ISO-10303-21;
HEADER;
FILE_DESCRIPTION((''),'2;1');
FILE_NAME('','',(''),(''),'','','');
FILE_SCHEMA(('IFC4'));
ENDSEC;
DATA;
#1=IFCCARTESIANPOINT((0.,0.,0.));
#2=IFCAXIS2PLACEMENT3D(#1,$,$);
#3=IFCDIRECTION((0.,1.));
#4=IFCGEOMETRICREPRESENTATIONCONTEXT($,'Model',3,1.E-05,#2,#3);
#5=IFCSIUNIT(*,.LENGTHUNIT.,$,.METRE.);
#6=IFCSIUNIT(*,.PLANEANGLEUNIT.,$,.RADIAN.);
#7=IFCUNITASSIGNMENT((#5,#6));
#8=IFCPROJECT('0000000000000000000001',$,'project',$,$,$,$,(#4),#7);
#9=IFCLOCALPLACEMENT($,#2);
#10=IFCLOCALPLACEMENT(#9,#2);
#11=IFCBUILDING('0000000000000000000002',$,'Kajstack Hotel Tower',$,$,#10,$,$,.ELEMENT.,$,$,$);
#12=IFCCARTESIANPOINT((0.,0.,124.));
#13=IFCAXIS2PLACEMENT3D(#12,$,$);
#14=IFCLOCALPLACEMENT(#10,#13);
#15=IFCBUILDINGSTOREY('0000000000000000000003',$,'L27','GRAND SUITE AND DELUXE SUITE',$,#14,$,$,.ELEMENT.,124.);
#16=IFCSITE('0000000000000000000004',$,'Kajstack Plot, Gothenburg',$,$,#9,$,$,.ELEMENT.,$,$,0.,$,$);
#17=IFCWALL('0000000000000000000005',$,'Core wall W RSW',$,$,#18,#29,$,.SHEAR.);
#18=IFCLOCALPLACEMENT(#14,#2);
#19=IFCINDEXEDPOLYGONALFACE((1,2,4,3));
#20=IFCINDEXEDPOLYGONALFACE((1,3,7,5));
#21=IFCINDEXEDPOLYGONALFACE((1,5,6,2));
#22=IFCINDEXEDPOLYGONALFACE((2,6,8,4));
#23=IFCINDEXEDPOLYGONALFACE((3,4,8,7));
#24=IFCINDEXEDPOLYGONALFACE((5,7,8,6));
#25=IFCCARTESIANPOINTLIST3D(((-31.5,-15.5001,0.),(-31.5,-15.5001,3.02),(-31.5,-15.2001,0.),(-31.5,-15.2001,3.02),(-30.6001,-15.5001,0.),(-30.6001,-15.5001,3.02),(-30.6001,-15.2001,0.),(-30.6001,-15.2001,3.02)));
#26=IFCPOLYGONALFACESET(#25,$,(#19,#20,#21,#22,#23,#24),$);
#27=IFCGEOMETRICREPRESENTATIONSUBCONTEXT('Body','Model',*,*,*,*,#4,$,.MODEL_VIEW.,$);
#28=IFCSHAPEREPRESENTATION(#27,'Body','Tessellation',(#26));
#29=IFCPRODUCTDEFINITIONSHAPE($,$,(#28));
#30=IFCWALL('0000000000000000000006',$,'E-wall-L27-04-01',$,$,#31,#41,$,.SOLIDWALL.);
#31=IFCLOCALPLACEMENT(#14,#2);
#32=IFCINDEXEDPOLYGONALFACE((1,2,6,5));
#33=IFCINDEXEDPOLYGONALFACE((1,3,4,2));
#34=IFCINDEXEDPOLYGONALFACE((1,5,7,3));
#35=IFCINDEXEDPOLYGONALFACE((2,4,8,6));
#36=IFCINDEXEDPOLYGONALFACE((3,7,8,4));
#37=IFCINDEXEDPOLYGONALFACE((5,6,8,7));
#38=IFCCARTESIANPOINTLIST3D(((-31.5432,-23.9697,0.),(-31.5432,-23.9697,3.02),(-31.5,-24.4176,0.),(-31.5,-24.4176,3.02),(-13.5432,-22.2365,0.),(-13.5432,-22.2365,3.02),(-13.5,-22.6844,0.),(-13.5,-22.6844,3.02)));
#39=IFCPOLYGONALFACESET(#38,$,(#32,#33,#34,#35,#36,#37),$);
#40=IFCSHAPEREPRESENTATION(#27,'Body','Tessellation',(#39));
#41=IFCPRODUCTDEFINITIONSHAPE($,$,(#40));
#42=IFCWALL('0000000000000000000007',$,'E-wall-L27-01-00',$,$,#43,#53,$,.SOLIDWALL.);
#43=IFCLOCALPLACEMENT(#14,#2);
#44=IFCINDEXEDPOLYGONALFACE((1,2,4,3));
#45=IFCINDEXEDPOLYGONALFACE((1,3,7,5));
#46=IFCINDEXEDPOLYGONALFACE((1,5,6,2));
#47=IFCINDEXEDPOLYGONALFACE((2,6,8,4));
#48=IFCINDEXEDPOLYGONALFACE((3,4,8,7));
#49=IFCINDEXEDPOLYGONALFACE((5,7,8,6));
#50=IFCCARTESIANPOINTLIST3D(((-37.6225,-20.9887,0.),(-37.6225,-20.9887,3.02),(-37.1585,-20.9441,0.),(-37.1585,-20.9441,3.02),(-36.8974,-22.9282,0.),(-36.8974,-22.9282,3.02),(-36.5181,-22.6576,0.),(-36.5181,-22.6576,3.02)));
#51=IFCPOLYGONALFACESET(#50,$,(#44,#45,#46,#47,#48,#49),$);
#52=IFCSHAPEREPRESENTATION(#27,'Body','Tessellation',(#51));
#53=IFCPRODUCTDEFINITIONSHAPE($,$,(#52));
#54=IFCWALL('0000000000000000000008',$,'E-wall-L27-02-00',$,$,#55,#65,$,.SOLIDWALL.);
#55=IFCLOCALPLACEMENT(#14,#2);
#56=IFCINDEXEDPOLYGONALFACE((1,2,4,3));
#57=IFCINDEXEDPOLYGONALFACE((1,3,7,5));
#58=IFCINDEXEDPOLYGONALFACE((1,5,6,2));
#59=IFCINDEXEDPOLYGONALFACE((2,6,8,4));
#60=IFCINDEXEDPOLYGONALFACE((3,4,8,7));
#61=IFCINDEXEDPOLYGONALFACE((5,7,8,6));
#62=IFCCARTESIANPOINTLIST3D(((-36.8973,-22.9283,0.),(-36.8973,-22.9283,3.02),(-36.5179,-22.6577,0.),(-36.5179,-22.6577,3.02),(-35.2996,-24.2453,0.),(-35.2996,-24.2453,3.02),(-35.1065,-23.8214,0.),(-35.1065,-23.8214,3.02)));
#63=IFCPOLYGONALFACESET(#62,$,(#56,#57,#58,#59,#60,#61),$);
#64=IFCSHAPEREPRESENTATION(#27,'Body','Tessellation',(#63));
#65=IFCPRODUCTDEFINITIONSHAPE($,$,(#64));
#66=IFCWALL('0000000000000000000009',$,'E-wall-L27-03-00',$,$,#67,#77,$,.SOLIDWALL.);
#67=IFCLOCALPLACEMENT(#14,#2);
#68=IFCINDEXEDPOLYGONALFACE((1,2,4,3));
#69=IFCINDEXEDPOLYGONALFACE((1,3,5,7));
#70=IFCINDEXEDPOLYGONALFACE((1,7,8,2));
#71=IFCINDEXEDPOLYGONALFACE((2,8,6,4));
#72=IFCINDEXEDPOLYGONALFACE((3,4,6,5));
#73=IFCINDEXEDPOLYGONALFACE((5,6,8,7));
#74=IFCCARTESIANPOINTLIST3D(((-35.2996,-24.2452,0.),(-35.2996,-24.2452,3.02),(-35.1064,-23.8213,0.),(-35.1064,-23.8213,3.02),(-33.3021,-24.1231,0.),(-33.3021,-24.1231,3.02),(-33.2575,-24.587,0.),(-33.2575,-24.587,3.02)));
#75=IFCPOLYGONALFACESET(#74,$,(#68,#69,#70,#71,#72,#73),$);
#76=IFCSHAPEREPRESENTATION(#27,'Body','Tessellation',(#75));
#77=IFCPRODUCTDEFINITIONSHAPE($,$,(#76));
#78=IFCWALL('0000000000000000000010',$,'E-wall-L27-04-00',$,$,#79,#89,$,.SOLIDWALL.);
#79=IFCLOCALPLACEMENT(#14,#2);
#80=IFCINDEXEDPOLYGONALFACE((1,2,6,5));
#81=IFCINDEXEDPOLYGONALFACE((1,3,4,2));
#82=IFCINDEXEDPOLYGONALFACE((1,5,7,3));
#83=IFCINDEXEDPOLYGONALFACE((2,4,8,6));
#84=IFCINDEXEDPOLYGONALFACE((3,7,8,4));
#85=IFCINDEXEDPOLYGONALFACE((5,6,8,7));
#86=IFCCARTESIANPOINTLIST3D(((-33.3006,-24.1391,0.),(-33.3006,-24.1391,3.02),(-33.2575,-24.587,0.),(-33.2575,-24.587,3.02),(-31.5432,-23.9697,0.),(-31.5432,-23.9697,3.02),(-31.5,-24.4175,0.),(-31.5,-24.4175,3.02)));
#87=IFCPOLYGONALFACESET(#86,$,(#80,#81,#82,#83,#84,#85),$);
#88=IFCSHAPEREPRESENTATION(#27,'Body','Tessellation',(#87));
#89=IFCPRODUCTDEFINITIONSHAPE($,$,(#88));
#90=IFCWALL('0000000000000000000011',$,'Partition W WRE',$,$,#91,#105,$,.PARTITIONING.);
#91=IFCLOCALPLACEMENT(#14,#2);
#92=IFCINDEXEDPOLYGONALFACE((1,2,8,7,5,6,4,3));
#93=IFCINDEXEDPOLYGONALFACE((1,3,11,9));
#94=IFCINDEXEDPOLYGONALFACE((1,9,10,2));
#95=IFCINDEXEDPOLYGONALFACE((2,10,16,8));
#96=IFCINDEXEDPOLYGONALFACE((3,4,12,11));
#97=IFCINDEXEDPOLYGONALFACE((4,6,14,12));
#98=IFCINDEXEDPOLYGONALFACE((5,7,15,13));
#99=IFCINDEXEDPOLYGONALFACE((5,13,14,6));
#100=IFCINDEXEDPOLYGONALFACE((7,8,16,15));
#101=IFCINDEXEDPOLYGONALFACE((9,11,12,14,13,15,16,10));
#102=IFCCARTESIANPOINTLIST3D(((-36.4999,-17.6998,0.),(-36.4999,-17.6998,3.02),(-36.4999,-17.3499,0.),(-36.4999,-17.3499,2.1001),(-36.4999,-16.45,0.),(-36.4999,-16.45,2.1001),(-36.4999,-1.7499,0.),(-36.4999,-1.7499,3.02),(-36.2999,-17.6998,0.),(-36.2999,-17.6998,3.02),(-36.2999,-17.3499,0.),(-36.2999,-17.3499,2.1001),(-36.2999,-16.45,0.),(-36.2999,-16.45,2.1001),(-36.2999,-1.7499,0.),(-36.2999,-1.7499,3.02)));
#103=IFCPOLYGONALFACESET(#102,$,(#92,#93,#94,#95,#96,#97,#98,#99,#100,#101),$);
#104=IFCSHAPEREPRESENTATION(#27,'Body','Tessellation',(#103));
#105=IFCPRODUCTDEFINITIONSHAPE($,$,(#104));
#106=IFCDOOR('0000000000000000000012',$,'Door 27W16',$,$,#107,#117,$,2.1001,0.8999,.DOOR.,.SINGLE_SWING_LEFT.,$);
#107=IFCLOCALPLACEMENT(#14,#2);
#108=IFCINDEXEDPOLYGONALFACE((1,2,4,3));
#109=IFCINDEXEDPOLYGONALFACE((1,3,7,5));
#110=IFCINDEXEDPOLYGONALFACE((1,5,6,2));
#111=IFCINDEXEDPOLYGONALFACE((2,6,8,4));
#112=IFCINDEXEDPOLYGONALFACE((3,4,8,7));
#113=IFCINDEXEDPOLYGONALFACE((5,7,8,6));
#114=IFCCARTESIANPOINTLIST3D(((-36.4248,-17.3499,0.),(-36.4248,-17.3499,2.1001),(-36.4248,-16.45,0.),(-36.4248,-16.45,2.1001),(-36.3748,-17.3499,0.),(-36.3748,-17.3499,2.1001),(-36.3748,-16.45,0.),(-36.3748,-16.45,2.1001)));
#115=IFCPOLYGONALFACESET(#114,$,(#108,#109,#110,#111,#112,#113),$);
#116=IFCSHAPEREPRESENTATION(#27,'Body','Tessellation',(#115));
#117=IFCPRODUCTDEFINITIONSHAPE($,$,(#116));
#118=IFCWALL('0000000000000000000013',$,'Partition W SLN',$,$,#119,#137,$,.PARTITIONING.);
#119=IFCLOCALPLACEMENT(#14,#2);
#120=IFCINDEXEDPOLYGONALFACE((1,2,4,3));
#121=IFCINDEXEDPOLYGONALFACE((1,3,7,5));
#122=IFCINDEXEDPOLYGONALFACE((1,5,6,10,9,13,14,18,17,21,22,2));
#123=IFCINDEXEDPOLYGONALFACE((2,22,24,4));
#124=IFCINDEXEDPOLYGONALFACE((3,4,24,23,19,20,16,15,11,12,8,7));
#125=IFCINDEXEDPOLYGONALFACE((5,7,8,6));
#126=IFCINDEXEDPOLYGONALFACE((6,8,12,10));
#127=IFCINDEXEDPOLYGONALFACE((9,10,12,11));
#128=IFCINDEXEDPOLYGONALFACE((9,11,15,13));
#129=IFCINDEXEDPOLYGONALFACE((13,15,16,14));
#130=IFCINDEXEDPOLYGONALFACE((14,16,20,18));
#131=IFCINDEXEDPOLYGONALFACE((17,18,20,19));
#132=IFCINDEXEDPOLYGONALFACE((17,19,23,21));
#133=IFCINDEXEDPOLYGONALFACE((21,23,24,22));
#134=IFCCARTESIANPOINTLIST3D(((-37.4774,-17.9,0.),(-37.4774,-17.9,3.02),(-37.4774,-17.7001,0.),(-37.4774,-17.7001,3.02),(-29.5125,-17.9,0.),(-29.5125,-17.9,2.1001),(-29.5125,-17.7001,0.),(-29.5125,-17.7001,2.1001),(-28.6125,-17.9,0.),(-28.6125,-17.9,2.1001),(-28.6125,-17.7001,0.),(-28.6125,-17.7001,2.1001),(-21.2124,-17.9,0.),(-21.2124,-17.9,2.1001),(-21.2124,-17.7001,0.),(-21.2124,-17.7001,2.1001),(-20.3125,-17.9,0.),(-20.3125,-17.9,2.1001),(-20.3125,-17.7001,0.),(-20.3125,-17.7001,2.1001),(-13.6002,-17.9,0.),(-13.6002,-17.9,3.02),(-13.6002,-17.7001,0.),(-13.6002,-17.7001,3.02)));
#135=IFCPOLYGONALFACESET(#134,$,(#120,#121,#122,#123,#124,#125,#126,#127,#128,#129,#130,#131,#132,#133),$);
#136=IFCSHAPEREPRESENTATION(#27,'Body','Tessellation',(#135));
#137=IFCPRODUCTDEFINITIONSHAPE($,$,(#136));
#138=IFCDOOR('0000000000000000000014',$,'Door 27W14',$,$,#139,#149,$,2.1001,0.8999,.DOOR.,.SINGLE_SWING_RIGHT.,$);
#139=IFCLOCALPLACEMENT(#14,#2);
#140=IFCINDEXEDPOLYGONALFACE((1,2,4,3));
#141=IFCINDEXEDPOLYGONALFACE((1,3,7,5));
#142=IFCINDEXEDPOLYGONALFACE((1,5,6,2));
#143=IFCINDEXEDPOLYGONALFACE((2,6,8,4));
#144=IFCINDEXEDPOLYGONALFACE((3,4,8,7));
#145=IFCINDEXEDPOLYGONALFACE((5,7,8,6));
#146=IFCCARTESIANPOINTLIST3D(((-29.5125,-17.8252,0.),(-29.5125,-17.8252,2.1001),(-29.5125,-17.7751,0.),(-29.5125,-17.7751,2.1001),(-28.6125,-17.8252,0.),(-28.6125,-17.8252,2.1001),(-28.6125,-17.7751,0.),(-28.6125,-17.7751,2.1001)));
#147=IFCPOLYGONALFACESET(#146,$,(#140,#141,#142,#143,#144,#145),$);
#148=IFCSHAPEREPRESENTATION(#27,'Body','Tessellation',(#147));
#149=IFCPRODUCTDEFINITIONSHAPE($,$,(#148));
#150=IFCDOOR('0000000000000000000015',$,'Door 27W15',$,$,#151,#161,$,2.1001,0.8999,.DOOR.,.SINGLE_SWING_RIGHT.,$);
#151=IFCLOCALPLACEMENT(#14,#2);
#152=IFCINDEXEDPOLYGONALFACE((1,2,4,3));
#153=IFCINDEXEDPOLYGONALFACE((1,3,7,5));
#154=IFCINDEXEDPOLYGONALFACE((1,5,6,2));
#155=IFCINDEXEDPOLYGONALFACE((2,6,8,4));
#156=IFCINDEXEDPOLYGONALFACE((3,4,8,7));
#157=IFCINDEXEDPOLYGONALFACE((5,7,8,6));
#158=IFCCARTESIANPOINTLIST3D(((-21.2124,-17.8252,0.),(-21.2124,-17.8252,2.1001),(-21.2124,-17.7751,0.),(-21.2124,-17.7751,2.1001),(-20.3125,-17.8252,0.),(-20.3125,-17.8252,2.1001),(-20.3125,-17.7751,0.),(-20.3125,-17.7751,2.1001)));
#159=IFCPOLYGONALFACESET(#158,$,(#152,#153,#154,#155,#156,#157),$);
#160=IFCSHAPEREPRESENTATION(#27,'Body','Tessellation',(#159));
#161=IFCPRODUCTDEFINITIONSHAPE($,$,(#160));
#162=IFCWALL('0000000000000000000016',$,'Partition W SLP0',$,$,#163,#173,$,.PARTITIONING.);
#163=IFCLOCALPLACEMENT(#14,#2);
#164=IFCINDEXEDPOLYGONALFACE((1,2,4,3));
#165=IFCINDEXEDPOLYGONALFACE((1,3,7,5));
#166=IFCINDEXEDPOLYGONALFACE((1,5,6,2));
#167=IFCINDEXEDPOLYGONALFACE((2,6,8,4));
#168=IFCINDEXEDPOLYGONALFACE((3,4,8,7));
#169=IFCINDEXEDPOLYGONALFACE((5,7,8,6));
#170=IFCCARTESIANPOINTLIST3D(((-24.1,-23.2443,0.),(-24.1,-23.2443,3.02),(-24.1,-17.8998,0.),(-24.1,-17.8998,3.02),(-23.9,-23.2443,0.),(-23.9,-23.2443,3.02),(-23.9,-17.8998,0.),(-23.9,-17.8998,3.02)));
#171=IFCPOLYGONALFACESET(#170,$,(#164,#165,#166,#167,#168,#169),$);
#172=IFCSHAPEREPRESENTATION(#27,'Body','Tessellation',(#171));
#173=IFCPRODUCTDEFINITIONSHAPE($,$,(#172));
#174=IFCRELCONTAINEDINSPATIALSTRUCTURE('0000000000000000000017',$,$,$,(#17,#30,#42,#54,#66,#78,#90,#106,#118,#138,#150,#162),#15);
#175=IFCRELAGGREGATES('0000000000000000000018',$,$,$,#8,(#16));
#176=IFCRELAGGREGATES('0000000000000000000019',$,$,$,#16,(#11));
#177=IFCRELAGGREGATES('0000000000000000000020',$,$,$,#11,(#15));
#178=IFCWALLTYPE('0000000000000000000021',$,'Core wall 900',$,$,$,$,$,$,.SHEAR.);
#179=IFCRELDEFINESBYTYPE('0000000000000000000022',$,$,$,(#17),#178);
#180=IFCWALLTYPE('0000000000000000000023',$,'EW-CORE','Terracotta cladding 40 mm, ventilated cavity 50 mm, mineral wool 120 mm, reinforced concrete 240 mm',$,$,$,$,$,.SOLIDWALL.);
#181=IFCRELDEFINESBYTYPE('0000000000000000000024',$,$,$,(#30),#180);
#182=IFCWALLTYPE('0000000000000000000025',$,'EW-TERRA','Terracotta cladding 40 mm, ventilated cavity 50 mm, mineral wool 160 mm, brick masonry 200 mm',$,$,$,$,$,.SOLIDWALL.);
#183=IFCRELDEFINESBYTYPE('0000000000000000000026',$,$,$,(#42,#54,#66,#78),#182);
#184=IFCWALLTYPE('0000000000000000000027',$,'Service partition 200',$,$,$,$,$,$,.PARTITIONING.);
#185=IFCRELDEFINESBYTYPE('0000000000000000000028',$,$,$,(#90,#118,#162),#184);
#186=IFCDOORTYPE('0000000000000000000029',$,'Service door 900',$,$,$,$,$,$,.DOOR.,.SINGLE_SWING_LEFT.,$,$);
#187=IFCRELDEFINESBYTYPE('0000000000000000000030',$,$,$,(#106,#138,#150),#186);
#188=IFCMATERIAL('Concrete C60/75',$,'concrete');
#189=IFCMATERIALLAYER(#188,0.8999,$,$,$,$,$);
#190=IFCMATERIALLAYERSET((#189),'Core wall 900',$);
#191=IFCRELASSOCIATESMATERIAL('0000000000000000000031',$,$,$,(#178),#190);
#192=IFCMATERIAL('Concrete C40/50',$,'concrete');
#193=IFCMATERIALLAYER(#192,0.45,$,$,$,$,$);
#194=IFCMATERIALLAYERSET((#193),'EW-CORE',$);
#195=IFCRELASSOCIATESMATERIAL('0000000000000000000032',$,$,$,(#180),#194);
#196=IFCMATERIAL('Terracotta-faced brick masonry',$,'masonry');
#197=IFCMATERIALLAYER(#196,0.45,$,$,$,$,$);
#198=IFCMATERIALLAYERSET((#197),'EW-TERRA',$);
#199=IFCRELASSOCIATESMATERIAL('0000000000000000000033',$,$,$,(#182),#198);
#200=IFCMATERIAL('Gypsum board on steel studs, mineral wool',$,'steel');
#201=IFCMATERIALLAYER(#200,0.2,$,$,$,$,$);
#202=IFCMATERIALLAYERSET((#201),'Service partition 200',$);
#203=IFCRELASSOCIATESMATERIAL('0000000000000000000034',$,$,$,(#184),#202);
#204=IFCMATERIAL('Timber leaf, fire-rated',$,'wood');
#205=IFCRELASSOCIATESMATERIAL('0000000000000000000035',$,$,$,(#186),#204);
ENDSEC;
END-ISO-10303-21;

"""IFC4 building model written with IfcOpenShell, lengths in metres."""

from ifc_helpers import new_model, si_unit, direction, frame, frame_2d, origin, place, context, subcontext, project, spatial, polyline, rectangle, outline, extrude, material, layer, layer_set, type_object, element, fill, save


model = new_model("IFC4")

# Units and contexts
model_context = context("Model", 3, precision=1e-05, world=origin(), true_north=direction((0.0, 1.0)))
body_context = subcontext(model_context, "Body", "Model", "MODEL_VIEW")
ifc_project = project(units=[si_unit("LENGTHUNIT", "METRE"), si_unit("PLANEANGLEUNIT", "RADIAN")], contexts=[model_context])

# Site, building, storey
site_placement = place(None, origin())
site = spatial("IfcSite", under=ifc_project, at=site_placement, Name="Kajstack Plot, Gothenburg", CompositionType="ELEMENT", RefElevation=0.0)
building_placement = place(site_placement, origin())
building = spatial("IfcBuilding", under=site, at=building_placement, Name="Kajstack Hotel Tower", CompositionType="ELEMENT")
storey_placement = place(building_placement, frame((0.0, 0.0, 124.0)))
storey = spatial("IfcBuildingStorey", under=building, at=storey_placement, Name="L27", Description="GRAND SUITE AND DELUXE SUITE", CompositionType="ELEMENT", Elevation=124.0)

# Walls
ifc_material_1 = material(Name="Concrete C60/75", Category="concrete")
ifc_layer_1 = layer(ifc_material_1, 0.8999)
ifc_layer_set_1 = layer_set([ifc_layer_1], Name="Core wall 900")
wall_type_1 = type_object("IfcWallType", Name="Core wall 900", PredefinedType="SHEAR", material=ifc_layer_set_1)
wall_1_placement = place(storey_placement, frame((-31.5, -15.3501, 0.0), z_axis=(0.0, 0.0, 1.0), x_axis=(1.0, 0.0, 0.0)))
element("IfcWall", 1, at=wall_1_placement, inside=storey, type_object=wall_type_1, Name="Core wall W RSW", PredefinedType="SHEAR", context=body_context, shape_type="SweptSolid", body=[
    extrude(rectangle(XDim=0.8999, YDim=0.3, at=frame_2d((0.45, 0.0))), origin(), (0.0, 0.0, 1.0), 3.02),
])
ifc_material_2 = material(Name="Concrete C40/50", Category="concrete")
ifc_layer_2 = layer(ifc_material_2, 0.45)
ifc_layer_set_2 = layer_set([ifc_layer_2], Name="EW-CORE")
wall_type_2 = type_object("IfcWallType", Name="EW-CORE", Description="Terracotta cladding 40 mm, ventilated cavity 50 mm, mineral wool 120 mm, reinforced concrete 240 mm", PredefinedType="SOLIDWALL", material=ifc_layer_set_2)
wall_2_placement = place(storey_placement, frame((-31.5215, -24.1936, 0.0), z_axis=(0.0, 0.0, 1.0), x_axis=(0.995396, 0.095843, 0.0)))
element("IfcWall", 2, at=wall_2_placement, inside=storey, type_object=wall_type_2, Name="E-wall-L27-04-01", PredefinedType="SOLIDWALL", context=body_context, shape_type="SweptSolid", body=[
    extrude(rectangle(XDim=18.0833, YDim=0.45, at=frame_2d((9.0415, 0.0))), origin(), (0.0, 0.0, 1.0), 3.02),
])
ifc_material_3 = material(Name="Terracotta-faced brick masonry", Category="masonry")
ifc_layer_3 = layer(ifc_material_3, 0.45)
ifc_layer_set_3 = layer_set([ifc_layer_3], Name="EW-TERRA")
wall_type_3 = type_object("IfcWallType", Name="EW-TERRA", Description="Terracotta cladding 40 mm, ventilated cavity 50 mm, mineral wool 160 mm, brick masonry 200 mm", PredefinedType="SOLIDWALL", material=ifc_layer_set_3)
for number, where, z_axis, x_axis, name in (
    (3, (-37.4116, -20.9099, 0.0), (0.0, 0.0, 1.0), (0.350193, -0.936678, 0.0), "E-wall-L27-01-00"),
    (4, (-36.7542, -22.7546, 0.0), (0.0, 0.0, 1.0), (0.771651, -0.636046, 0.0), "E-wall-L27-02-00"),
):
    element("IfcWall", number, at=place(storey_placement, frame(where, z_axis=z_axis, x_axis=x_axis)), inside=storey, type_object=wall_type_3, Name=name, PredefinedType="SOLIDWALL", context=body_context, shape_type="SweptSolid", body=[
        extrude(outline(polyline([(0.0, -0.2251), (2.0706, -0.2251), (1.95, 0.2249), (0.1206, 0.2251), (0.0, -0.2251)])), origin(), (0.0, 0.0, 1.0), 3.02),
    ])
wall_3_placement = place(storey_placement, frame((-35.2625, -24.0232, 0.0), z_axis=(0.0, 0.0, 1.0), x_axis=(0.986279, -0.165087, 0.0)))
element("IfcWall", 5, at=wall_3_placement, inside=storey, type_object=wall_type_3, Name="E-wall-L27-03-00", PredefinedType="SOLIDWALL", context=body_context, shape_type="SweptSolid", body=[
    extrude(outline(polyline([(0.0, -0.2251), (2.0706, -0.2251), (1.95, 0.2251), (0.1206, 0.2249), (0.0, -0.2251)])), origin(), (0.0, 0.0, 1.0), 3.02),
])
wall_4_placement = place(storey_placement, frame((-33.2791, -24.363, 0.0), z_axis=(0.0, 0.0, 1.0), x_axis=(0.995385, 0.095957, 0.0)))
element("IfcWall", 6, at=wall_4_placement, inside=storey, type_object=wall_type_3, Name="E-wall-L27-04-00", PredefinedType="SOLIDWALL", context=body_context, shape_type="SweptSolid", body=[
    extrude(rectangle(XDim=1.7656, YDim=0.45, at=frame_2d((0.8828, 0.0))), origin(), (0.0, 0.0, 1.0), 3.02),
])

# Wall, opening, door
ifc_material_4 = material(Name="Gypsum board on steel studs, mineral wool", Category="steel")
ifc_layer_4 = layer(ifc_material_4, 0.2)
ifc_layer_set_4 = layer_set([ifc_layer_4], Name="Service partition 200")
wall_type_4 = type_object("IfcWallType", Name="Service partition 200", PredefinedType="PARTITIONING", material=ifc_layer_set_4)
wall_5_placement = place(storey_placement, frame((-36.3999, -17.7, 0.0), z_axis=(0.0, 0.0, 1.0), x_axis=(0.0, 1.0, 0.0)))
wall_5 = element("IfcWall", 7, at=wall_5_placement, inside=storey, type_object=wall_type_4, Name="Partition W WRE", PredefinedType="PARTITIONING", context=body_context, shape_type="SweptSolid", body=[
    extrude(rectangle(XDim=15.95, YDim=0.2, at=frame_2d((7.9751, 0.0))), origin(), (0.0, 0.0, 1.0), 3.02),
])
opening_1_placement = place(wall_5_placement, frame((0.3501, 0.0, 0.0)))
opening_1 = element("IfcOpeningElement", 8, at=opening_1_placement, cuts=wall_5, PredefinedType="OPENING", context=body_context, shape_type="SweptSolid", body=[
    extrude(rectangle(XDim=0.8999, YDim=2.1001, at=frame_2d((0.45, 1.05))), frame((0.0, 0.1099, 0.0), z_axis=(0.0, -1.0, 0.0), x_axis=(1.0, 0.0, 0.0)), (0.0, 0.0, 1.0), 0.22),
])
ifc_material_5 = material(Name="Timber leaf, fire-rated", Category="wood")
door_type_1 = type_object("IfcDoorType", Name="Service door 900", OperationType="SINGLE_SWING_LEFT", PredefinedType="DOOR", material=ifc_material_5)
door_1_placement = place(opening_1_placement, origin())
door_1 = element("IfcDoor", 9, at=door_1_placement, inside=storey, type_object=door_type_1, Name="Door 27W16", OperationType="SINGLE_SWING_LEFT", OverallHeight=2.1001, OverallWidth=0.8999, PredefinedType="DOOR", context=body_context, shape_type="SweptSolid", body=[
    extrude(rectangle(XDim=0.8999, YDim=2.1001, at=frame_2d((0.45, 1.05))), frame((0.0, 0.0249, 0.0), z_axis=(0.0, -1.0, 0.0), x_axis=(1.0, 0.0, 0.0)), (0.0, 0.0, 1.0), 0.05),
])
fill(opening_1, door_1)

# Wall, openings, doors
wall_6_placement = place(storey_placement, frame((-37.4773, -17.8, 0.0), z_axis=(0.0, 0.0, 1.0), x_axis=(1.0, 0.0, 0.0)))
wall_6 = element("IfcWall", 10, at=wall_6_placement, inside=storey, type_object=wall_type_4, Name="Partition W SLN", PredefinedType="PARTITIONING", context=body_context, shape_type="SweptSolid", body=[
    extrude(rectangle(XDim=23.8772, YDim=0.2, at=frame_2d((11.9385, 0.0))), origin(), (0.0, 0.0, 1.0), 3.02),
])
opening_2_placement = place(wall_6_placement, frame((7.9648, 0.0, 0.0)))
opening_2 = element("IfcOpeningElement", 11, at=opening_2_placement, cuts=wall_6, PredefinedType="OPENING", context=body_context, shape_type="SweptSolid", body=[
    extrude(rectangle(XDim=0.8999, YDim=2.1001, at=frame_2d((0.45, 1.05))), frame((0.0, 0.1099, 0.0), z_axis=(0.0, -1.0, 0.0), x_axis=(1.0, 0.0, 0.0)), (0.0, 0.0, 1.0), 0.22),
])
opening_3_placement = place(wall_6_placement, frame((16.2649, 0.0, 0.0)))
opening_3 = element("IfcOpeningElement", 12, at=opening_3_placement, cuts=wall_6, PredefinedType="OPENING", context=body_context, shape_type="SweptSolid", body=[
    extrude(rectangle(XDim=0.8999, YDim=2.1001, at=frame_2d((0.45, 1.05))), frame((0.0, 0.1099, 0.0), z_axis=(0.0, -1.0, 0.0), x_axis=(1.0, 0.0, 0.0)), (0.0, 0.0, 1.0), 0.22),
])
door_2_placement = place(opening_2_placement, origin())
door_2 = element("IfcDoor", 13, at=door_2_placement, inside=storey, type_object=door_type_1, Name="Door 27W14", OperationType="SINGLE_SWING_RIGHT", OverallHeight=2.1001, OverallWidth=0.8999, PredefinedType="DOOR", context=body_context, shape_type="SweptSolid", body=[
    extrude(rectangle(XDim=0.8999, YDim=2.1001, at=frame_2d((0.45, 1.05))), frame((0.0, 0.0249, 0.0), z_axis=(0.0, -1.0, 0.0), x_axis=(1.0, 0.0, 0.0)), (0.0, 0.0, 1.0), 0.05),
])
fill(opening_2, door_2)
door_3_placement = place(opening_3_placement, origin())
door_3 = element("IfcDoor", 14, at=door_3_placement, inside=storey, type_object=door_type_1, Name="Door 27W15", OperationType="SINGLE_SWING_RIGHT", OverallHeight=2.1001, OverallWidth=0.8999, PredefinedType="DOOR", context=body_context, shape_type="SweptSolid", body=[
    extrude(rectangle(XDim=0.8999, YDim=2.1001, at=frame_2d((0.45, 1.05))), frame((0.0, 0.0249, 0.0), z_axis=(0.0, -1.0, 0.0), x_axis=(1.0, 0.0, 0.0)), (0.0, 0.0, 1.0), 0.05),
])
fill(opening_3, door_3)

# Wall
wall_7_placement = place(storey_placement, frame((-24.0, -23.2444, 0.0), z_axis=(0.0, 0.0, 1.0), x_axis=(0.0, 1.0, 0.0)))
element("IfcWall", 15, at=wall_7_placement, inside=storey, type_object=wall_type_4, Name="Partition W SLP0", PredefinedType="PARTITIONING", context=body_context, shape_type="SweptSolid", body=[
    extrude(rectangle(XDim=5.3445, YDim=0.2, at=frame_2d((2.6724, 0.0))), origin(), (0.0, 0.0, 1.0), 3.02),
])

save(model, "model.ifc")
